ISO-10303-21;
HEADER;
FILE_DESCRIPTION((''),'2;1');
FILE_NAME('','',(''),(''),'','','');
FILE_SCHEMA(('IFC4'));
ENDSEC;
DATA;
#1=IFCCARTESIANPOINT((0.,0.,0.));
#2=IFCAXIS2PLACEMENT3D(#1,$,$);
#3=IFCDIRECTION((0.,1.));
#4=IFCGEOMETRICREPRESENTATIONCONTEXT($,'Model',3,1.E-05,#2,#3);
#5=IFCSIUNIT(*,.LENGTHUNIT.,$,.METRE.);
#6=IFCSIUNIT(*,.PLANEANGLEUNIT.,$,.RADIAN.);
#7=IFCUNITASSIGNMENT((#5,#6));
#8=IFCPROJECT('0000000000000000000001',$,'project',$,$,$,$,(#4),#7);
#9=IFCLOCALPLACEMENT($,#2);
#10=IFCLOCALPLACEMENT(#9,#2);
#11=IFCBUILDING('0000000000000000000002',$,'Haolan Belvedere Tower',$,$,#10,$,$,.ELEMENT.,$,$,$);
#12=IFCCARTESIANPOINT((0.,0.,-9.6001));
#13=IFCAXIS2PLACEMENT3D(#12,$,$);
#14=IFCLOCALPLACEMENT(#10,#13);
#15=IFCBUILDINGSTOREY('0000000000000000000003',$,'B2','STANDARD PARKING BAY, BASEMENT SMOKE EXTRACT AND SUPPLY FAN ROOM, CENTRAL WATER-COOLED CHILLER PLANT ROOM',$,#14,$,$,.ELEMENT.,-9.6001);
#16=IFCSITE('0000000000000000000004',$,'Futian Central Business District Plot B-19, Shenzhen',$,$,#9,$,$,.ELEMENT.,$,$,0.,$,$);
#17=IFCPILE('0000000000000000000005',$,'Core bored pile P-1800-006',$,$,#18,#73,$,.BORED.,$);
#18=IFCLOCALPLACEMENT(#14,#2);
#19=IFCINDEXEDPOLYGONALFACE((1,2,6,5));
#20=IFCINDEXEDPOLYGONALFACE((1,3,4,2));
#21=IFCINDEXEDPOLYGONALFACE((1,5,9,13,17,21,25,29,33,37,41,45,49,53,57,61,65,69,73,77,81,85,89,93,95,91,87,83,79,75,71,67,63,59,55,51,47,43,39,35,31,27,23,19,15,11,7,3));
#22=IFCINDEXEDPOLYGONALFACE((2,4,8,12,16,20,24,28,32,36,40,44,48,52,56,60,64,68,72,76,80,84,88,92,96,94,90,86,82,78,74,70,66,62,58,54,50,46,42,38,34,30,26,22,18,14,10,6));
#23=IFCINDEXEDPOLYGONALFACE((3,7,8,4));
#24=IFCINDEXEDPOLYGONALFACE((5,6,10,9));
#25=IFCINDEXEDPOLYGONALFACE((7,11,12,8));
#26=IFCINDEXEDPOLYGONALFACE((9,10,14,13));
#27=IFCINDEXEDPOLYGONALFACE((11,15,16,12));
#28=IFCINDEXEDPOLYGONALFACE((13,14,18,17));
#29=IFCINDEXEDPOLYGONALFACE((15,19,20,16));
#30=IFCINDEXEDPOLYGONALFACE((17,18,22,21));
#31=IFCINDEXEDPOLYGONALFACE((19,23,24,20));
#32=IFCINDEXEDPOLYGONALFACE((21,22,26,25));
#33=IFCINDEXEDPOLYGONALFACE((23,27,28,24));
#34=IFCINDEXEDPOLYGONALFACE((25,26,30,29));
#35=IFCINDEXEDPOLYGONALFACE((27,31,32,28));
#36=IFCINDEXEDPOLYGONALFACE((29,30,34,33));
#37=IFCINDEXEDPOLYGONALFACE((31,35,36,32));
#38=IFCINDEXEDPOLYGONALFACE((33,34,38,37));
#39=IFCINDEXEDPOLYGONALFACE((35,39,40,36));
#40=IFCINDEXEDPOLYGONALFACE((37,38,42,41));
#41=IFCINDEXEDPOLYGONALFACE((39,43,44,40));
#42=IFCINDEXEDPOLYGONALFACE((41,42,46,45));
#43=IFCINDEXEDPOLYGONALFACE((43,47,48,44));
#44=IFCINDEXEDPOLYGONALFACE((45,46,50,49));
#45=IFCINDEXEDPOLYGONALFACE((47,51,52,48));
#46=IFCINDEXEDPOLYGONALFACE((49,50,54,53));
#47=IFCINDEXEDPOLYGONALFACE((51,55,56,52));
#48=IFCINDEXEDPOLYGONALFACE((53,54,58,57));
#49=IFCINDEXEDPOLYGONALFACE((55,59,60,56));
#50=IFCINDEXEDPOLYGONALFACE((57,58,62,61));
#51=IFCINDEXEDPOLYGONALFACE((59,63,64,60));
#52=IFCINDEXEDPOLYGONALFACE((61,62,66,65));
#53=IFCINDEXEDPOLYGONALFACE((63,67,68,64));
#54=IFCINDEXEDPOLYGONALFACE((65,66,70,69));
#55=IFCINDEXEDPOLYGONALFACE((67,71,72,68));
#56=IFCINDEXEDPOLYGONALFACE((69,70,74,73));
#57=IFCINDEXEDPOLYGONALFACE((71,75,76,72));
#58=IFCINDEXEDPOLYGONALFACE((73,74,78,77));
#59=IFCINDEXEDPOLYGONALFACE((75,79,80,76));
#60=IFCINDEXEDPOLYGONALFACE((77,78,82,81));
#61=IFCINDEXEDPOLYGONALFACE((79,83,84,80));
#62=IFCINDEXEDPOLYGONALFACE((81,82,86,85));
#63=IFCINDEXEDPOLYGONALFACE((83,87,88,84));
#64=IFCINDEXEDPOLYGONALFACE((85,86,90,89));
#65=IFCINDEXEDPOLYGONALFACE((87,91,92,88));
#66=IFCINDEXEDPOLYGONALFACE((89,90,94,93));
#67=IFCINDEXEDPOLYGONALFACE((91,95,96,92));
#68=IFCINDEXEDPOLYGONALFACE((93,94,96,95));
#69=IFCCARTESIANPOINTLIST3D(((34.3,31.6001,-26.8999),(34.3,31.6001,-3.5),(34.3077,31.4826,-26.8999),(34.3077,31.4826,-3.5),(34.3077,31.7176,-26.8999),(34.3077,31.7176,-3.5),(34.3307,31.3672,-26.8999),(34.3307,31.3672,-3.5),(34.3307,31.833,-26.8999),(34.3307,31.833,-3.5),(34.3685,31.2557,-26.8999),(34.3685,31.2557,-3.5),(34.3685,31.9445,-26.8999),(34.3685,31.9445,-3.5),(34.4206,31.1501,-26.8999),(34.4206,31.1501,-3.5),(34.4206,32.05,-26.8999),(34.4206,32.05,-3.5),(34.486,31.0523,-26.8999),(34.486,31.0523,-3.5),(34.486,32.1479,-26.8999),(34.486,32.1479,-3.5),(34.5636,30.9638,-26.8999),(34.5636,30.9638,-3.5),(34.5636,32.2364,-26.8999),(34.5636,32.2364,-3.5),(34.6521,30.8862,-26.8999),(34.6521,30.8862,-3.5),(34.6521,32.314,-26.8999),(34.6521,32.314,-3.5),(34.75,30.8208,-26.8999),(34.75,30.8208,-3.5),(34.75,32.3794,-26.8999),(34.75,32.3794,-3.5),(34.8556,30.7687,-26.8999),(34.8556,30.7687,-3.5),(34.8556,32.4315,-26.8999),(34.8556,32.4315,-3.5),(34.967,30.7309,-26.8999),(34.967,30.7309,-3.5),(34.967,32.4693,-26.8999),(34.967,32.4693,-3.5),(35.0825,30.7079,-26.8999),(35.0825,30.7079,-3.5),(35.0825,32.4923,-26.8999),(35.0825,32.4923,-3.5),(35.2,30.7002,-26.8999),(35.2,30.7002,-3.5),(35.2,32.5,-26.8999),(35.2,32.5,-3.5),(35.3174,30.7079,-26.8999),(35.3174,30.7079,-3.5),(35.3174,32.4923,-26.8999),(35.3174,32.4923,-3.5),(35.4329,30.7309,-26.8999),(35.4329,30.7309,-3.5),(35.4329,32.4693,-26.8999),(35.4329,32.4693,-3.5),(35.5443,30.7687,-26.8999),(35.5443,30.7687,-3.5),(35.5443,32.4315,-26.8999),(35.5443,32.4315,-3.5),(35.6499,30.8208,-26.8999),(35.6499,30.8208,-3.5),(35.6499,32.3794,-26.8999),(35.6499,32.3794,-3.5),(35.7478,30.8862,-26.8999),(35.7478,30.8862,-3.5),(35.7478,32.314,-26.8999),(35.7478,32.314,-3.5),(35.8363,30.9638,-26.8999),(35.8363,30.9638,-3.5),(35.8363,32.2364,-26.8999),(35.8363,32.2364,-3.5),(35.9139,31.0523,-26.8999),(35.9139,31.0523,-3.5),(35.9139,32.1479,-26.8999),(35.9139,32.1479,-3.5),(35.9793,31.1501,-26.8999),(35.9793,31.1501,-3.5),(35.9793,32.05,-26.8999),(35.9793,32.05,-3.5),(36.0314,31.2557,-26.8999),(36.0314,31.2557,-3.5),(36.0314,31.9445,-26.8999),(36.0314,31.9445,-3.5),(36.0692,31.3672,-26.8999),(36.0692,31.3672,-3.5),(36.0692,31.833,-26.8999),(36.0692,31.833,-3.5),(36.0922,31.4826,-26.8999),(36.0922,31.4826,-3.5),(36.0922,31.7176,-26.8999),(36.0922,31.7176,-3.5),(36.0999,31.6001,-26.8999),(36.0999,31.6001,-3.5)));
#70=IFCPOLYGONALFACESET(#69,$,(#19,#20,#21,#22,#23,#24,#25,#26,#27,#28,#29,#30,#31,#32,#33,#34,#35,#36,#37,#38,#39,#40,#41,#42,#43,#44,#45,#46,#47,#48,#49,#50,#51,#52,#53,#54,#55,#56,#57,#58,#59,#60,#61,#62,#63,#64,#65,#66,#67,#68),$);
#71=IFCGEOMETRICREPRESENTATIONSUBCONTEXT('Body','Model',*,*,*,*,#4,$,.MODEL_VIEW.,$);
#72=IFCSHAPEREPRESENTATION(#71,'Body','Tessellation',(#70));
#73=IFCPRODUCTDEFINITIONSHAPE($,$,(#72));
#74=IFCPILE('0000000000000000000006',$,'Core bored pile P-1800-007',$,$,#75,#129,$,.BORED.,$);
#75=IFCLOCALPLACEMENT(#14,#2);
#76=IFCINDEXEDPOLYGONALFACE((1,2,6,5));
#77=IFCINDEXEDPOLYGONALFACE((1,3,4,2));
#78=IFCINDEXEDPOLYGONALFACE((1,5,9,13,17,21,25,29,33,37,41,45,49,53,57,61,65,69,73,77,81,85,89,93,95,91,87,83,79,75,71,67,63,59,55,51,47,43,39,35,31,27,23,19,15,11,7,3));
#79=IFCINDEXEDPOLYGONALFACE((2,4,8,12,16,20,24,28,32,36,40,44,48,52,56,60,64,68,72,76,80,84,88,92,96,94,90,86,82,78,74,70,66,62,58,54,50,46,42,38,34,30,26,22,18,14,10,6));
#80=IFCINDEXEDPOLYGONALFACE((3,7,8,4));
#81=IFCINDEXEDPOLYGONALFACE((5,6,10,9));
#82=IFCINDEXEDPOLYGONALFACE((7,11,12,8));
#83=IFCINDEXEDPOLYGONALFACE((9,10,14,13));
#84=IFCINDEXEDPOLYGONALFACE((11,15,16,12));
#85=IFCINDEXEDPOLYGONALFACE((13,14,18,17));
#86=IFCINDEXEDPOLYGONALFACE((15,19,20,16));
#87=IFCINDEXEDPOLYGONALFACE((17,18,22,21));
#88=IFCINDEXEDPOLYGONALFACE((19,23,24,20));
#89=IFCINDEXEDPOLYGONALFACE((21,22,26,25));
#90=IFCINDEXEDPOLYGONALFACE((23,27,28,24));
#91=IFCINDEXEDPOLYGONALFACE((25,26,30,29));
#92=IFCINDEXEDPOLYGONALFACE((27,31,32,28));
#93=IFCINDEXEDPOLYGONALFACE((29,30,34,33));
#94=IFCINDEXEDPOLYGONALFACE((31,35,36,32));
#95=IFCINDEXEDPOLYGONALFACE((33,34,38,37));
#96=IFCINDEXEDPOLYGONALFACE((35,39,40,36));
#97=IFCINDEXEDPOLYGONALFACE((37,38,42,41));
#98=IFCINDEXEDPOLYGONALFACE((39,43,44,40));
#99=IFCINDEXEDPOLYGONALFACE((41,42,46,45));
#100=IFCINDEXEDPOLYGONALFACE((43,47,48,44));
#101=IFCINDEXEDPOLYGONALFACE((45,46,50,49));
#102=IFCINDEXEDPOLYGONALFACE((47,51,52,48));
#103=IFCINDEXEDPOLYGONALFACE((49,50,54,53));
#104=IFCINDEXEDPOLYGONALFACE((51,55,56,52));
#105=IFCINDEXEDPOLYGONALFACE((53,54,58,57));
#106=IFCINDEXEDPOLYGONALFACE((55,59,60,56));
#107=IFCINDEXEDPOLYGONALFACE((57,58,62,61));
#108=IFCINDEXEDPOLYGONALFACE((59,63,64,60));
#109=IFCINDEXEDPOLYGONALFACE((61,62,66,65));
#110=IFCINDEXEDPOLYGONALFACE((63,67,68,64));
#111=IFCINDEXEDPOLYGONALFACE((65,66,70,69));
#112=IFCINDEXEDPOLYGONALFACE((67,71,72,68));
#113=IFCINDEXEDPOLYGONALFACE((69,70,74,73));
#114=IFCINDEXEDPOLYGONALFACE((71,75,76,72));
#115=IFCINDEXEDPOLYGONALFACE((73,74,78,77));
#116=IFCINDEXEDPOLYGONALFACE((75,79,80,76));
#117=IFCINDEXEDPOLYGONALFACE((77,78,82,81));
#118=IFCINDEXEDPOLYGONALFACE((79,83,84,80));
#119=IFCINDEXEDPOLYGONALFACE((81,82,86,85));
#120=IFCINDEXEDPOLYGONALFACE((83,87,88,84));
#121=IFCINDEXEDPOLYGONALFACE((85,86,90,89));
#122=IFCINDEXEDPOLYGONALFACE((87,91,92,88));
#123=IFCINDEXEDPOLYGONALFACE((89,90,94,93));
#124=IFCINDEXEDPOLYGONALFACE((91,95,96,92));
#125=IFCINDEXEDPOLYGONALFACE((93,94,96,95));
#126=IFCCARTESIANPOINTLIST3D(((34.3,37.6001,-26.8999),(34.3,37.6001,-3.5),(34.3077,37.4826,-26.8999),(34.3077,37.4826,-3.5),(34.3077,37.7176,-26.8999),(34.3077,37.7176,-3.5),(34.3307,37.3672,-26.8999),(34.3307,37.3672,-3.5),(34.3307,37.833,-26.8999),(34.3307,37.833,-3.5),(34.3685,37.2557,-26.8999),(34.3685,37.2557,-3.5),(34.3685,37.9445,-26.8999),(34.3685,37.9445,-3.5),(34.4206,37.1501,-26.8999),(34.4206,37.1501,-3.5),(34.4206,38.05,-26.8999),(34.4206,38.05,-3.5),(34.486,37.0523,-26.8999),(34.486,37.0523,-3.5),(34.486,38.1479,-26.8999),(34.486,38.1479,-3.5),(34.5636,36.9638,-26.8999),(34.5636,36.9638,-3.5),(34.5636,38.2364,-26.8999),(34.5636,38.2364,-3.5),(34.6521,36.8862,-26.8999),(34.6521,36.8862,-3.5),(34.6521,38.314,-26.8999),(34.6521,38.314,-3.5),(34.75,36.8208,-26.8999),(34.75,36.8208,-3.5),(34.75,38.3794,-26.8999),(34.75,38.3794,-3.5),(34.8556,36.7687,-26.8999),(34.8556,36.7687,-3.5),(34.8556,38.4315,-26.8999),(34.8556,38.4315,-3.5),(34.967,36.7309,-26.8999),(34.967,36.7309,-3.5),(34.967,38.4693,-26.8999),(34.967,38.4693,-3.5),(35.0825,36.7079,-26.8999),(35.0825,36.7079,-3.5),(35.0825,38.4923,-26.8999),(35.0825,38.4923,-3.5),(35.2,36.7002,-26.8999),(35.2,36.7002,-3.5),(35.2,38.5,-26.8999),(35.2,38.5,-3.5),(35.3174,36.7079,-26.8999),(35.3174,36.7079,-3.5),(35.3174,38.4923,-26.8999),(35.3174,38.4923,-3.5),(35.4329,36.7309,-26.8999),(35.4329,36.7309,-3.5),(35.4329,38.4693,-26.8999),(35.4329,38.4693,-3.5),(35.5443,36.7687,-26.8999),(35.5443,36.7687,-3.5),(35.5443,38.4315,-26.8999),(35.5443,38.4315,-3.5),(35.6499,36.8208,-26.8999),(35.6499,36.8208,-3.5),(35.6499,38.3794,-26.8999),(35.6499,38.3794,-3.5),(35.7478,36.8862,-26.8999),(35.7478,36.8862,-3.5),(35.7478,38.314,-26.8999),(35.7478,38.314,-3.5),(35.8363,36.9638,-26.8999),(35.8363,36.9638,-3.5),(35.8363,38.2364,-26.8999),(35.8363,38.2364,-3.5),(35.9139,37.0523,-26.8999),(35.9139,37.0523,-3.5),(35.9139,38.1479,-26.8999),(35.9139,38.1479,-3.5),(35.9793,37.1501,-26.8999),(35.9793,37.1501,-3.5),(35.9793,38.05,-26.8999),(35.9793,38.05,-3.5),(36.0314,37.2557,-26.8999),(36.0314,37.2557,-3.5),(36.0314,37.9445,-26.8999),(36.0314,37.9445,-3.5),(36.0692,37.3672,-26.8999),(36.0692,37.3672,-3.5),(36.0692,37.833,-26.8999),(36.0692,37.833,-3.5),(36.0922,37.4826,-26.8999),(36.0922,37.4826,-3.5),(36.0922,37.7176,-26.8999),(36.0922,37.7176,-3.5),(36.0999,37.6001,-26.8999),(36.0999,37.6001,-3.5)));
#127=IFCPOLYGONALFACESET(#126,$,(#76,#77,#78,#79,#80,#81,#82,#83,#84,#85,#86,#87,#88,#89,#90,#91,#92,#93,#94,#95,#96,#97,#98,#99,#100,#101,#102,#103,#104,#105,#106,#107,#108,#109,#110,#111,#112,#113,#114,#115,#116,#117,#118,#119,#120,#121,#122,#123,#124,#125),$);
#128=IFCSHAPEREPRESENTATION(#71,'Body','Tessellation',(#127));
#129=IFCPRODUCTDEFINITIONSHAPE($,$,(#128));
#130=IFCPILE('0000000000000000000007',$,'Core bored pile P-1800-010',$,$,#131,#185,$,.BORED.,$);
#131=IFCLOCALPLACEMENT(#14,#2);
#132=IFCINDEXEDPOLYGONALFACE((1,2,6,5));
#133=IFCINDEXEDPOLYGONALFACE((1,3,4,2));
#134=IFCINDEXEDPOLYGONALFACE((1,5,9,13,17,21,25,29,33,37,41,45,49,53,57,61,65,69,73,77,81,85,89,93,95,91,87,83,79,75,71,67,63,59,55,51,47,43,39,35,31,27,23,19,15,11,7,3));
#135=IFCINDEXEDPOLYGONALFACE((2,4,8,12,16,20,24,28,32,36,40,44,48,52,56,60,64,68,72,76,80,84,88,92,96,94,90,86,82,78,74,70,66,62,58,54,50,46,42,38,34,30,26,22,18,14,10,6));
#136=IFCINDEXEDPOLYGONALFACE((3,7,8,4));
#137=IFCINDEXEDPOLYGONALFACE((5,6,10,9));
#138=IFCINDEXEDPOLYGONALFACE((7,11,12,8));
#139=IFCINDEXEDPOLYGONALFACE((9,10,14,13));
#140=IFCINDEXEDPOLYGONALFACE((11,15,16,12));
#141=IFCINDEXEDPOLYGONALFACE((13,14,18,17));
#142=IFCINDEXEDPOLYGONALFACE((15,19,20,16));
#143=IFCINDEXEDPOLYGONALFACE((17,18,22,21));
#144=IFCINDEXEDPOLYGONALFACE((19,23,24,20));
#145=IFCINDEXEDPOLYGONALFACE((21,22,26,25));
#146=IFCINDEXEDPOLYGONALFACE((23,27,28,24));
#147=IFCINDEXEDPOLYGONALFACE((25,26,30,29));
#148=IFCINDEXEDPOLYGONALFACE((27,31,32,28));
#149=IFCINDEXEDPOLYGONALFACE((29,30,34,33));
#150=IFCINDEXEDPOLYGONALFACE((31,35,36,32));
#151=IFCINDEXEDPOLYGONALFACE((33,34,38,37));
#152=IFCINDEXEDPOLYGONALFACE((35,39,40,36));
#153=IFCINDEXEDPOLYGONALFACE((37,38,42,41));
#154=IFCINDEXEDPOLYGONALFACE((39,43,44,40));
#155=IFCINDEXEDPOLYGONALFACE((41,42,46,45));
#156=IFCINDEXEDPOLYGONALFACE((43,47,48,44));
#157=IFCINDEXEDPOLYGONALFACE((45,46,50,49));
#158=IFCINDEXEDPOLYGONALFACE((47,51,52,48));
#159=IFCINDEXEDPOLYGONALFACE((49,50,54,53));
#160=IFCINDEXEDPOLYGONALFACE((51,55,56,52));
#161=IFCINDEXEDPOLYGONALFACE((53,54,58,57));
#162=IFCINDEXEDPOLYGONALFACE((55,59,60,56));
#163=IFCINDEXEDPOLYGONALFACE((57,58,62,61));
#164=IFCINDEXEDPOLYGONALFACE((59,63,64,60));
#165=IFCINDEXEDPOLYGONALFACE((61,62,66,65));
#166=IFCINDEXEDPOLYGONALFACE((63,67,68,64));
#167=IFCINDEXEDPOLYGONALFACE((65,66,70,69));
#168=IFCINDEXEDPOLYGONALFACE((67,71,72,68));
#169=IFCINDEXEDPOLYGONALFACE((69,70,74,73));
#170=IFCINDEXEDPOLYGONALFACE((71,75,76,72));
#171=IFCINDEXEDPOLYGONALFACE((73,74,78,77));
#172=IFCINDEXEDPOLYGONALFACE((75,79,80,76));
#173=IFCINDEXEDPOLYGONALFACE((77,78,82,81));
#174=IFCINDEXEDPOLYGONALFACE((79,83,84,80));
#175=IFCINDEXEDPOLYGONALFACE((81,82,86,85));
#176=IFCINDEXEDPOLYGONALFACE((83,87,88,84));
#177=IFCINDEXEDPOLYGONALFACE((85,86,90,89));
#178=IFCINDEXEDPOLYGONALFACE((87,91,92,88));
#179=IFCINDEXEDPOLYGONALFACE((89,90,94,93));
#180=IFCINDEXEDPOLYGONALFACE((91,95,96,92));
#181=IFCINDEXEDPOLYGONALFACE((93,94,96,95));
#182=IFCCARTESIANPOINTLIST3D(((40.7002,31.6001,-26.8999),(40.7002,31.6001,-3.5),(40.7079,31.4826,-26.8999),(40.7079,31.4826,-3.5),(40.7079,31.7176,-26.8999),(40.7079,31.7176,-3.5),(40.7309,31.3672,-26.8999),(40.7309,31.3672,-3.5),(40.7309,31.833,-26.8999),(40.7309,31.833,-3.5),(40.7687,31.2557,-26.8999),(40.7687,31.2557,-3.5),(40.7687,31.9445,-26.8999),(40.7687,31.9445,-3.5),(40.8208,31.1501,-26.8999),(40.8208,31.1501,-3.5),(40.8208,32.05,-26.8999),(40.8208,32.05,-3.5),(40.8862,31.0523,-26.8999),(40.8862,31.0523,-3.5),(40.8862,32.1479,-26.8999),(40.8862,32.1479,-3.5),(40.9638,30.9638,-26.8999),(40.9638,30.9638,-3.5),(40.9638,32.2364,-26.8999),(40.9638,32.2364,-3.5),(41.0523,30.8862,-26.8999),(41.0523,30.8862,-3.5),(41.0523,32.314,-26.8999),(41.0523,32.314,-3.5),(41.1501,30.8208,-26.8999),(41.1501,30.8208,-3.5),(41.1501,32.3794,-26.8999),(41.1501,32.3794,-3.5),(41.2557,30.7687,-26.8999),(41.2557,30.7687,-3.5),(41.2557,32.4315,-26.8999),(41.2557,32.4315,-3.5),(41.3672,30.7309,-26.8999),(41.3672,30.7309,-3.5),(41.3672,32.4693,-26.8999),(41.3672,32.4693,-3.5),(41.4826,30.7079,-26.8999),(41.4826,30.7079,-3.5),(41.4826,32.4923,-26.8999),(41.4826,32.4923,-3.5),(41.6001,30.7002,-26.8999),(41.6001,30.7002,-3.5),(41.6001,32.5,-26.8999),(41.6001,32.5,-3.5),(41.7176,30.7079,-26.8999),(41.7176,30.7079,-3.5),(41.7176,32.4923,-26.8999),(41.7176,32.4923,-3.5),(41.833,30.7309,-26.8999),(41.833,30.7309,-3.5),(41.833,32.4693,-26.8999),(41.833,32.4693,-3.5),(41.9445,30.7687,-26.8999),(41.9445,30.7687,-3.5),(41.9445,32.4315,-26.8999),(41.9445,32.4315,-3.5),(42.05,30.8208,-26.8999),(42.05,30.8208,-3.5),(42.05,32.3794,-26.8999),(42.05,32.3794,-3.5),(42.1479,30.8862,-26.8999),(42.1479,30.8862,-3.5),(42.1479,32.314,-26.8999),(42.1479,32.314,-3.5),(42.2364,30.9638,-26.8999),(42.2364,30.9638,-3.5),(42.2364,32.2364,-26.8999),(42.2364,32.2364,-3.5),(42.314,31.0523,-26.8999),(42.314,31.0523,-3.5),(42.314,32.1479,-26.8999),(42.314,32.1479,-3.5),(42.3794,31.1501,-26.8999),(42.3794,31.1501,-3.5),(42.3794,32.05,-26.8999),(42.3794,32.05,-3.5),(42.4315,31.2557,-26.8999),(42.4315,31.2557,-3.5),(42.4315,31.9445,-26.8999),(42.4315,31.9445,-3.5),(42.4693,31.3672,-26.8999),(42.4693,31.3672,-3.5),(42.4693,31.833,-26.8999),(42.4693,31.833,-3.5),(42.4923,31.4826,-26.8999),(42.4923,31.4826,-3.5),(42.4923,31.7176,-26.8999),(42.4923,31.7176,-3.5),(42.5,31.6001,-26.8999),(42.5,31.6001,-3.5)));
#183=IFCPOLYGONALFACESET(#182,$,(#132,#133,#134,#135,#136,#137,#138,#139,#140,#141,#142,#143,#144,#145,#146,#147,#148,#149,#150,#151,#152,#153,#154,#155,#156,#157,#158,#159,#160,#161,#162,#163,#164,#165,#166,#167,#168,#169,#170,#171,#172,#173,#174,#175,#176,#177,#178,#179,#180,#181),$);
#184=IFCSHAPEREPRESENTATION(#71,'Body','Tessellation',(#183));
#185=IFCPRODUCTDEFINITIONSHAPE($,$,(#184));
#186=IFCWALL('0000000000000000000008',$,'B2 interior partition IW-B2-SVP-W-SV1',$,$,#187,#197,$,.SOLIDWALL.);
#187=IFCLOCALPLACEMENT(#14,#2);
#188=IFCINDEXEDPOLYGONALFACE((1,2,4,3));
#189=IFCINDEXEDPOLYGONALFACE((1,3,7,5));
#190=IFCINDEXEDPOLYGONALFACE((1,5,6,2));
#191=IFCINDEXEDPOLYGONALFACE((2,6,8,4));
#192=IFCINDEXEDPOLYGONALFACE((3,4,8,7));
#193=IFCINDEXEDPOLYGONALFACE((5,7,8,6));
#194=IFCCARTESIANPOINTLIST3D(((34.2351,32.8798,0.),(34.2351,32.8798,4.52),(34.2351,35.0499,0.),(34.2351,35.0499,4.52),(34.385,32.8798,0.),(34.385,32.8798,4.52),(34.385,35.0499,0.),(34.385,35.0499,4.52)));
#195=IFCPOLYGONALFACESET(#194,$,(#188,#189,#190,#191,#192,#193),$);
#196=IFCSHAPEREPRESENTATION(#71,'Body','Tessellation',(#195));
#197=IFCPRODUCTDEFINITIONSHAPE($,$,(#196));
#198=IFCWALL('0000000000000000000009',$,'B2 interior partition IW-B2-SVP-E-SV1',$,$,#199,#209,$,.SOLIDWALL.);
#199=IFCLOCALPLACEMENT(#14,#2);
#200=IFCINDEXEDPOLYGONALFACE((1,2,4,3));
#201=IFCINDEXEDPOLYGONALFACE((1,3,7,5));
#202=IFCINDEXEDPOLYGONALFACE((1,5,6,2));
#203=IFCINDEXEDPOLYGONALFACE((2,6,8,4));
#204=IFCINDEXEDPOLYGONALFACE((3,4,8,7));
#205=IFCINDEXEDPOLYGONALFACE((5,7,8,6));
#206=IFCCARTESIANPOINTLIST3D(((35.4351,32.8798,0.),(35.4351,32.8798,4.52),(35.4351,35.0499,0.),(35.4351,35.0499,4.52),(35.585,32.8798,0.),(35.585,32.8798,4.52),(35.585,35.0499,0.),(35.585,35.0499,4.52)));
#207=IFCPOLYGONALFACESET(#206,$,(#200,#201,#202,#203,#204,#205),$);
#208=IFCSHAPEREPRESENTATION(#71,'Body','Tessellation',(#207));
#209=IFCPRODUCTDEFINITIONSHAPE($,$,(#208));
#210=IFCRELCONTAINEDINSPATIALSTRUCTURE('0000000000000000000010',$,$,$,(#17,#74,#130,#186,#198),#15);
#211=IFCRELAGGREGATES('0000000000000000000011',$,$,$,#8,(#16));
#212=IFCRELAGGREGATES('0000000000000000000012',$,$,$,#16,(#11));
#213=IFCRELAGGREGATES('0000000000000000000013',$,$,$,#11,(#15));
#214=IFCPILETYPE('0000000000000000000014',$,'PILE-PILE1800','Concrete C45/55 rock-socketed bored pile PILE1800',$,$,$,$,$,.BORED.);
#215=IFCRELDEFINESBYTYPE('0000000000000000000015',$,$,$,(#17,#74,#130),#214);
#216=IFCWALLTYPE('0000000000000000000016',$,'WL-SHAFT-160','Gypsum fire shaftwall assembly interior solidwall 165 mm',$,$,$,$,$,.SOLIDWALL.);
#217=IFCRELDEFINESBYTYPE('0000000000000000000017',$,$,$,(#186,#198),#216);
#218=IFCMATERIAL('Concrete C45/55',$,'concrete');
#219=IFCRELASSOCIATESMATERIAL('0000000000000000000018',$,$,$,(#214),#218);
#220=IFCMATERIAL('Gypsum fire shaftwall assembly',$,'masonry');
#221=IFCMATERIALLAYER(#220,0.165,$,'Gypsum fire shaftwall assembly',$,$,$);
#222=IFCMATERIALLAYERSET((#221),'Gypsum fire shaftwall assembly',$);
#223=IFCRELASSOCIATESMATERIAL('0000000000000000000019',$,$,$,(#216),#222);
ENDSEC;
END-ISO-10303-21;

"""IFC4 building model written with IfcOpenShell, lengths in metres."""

from ifc_helpers import new_model, si_unit, direction, frame, frame_2d, origin, origin_2d, place, context, subcontext, project, spatial, rectangle, circle, extrude, material, layer, layer_set, material_profile, profile_set, type_object, element, save


model = new_model("IFC4")

# Units and contexts
model_context = context("Model", 3, precision=1e-05, world=origin(), true_north=direction((0.0, 1.0)))
body_context = subcontext(model_context, "Body", "Model", "MODEL_VIEW")
ifc_project = project(units=[si_unit("LENGTHUNIT", "METRE"), si_unit("PLANEANGLEUNIT", "RADIAN")], contexts=[model_context])

# Site, building, storey
site_placement = place(None, origin())
site = spatial("IfcSite", under=ifc_project, at=site_placement, Name="Futian Central Business District Plot B-19, Shenzhen", CompositionType="ELEMENT", RefElevation=0.0)
building_placement = place(site_placement, origin())
building = spatial("IfcBuilding", under=site, at=building_placement, Name="Haolan Belvedere Tower", CompositionType="ELEMENT")
storey_placement = place(building_placement, frame((0.0, 0.0, -9.6001)))
storey = spatial("IfcBuildingStorey", under=building, at=storey_placement, Name="B2", Description="STANDARD PARKING BAY, BASEMENT SMOKE EXTRACT AND SUPPLY FAN ROOM, CENTRAL WATER-COOLED CHILLER PLANT ROOM", CompositionType="ELEMENT", Elevation=-9.6001)

# Piles
ifc_material_1 = material(Name="Concrete C45/55", Category="concrete")
ifc_material_profile = material_profile(ifc_material_1, circle(Radius=0.8999, at=origin_2d()), Name="Concrete C45/55")
ifc_profile_set = profile_set([ifc_material_profile], Name="Concrete C45/55")
pile_type = type_object("IfcPileType", Name="PILE-PILE1800", Description="Concrete C45/55 rock-socketed bored pile PILE1800", PredefinedType="BORED", material=ifc_profile_set)
for number, where, z_axis, x_axis, name in (
    (1, (35.2, 31.6001, -3.5), (0.0, 0.0, -1.0), (1.0, 0.0, 0.0), "Core bored pile P-1800-006"),
    (2, (35.2, 37.6001, -3.5), (0.0, 0.0, -1.0), (1.0, 0.0, 0.0), "Core bored pile P-1800-007"),
    (3, (41.6001, 31.6001, -3.5), (0.0, 0.0, -1.0), (1.0, 0.0, 0.0), "Core bored pile P-1800-010"),
):
    element("IfcPile", number, at=place(storey_placement, frame(where, z_axis=z_axis, x_axis=x_axis)), inside=storey, type_object=pile_type, Name=name, PredefinedType="BORED", context=body_context, shape_type="SweptSolid", body=[
        extrude(circle(Radius=0.8999, at=origin_2d()), origin(), (0.0, 0.0, 1.0), 23.3999),
    ])

# Walls
ifc_material_2 = material(Name="Gypsum fire shaftwall assembly", Category="masonry")
ifc_layer_1 = layer(ifc_material_2, 0.165, Name="Gypsum fire shaftwall assembly")
ifc_layer_set_1 = layer_set([ifc_layer_1], Name="Gypsum fire shaftwall assembly")
wall_type_1 = type_object("IfcWallType", Name="WL-SHAFT-160", Description="Gypsum fire shaftwall assembly interior solidwall 165 mm", PredefinedType="SOLIDWALL", material=ifc_layer_set_1)
for number, where, z_axis, x_axis, name in (
    (4, (34.3101, 32.8799, 0.0), (0.0, 0.0, 1.0), (0.0, 1.0, 0.0), "B2 interior partition IW-B2-SVP-W-SV1"),
    (5, (35.51, 32.8799, 0.0), (0.0, 0.0, 1.0), (0.0, 1.0, 0.0), "B2 interior partition IW-B2-SVP-E-SV1"),
):
    element("IfcWall", number, at=place(storey_placement, frame(where, z_axis=z_axis, x_axis=x_axis)), inside=storey, type_object=wall_type_1, Name=name, PredefinedType="SOLIDWALL", context=body_context, shape_type="SweptSolid", body=[
        extrude(rectangle(XDim=2.1702, YDim=0.1499, at=frame_2d((1.085, 0.0))), origin(), (0.0, 0.0, 1.0), 4.52),
    ])

save(model, "model.ifc")
